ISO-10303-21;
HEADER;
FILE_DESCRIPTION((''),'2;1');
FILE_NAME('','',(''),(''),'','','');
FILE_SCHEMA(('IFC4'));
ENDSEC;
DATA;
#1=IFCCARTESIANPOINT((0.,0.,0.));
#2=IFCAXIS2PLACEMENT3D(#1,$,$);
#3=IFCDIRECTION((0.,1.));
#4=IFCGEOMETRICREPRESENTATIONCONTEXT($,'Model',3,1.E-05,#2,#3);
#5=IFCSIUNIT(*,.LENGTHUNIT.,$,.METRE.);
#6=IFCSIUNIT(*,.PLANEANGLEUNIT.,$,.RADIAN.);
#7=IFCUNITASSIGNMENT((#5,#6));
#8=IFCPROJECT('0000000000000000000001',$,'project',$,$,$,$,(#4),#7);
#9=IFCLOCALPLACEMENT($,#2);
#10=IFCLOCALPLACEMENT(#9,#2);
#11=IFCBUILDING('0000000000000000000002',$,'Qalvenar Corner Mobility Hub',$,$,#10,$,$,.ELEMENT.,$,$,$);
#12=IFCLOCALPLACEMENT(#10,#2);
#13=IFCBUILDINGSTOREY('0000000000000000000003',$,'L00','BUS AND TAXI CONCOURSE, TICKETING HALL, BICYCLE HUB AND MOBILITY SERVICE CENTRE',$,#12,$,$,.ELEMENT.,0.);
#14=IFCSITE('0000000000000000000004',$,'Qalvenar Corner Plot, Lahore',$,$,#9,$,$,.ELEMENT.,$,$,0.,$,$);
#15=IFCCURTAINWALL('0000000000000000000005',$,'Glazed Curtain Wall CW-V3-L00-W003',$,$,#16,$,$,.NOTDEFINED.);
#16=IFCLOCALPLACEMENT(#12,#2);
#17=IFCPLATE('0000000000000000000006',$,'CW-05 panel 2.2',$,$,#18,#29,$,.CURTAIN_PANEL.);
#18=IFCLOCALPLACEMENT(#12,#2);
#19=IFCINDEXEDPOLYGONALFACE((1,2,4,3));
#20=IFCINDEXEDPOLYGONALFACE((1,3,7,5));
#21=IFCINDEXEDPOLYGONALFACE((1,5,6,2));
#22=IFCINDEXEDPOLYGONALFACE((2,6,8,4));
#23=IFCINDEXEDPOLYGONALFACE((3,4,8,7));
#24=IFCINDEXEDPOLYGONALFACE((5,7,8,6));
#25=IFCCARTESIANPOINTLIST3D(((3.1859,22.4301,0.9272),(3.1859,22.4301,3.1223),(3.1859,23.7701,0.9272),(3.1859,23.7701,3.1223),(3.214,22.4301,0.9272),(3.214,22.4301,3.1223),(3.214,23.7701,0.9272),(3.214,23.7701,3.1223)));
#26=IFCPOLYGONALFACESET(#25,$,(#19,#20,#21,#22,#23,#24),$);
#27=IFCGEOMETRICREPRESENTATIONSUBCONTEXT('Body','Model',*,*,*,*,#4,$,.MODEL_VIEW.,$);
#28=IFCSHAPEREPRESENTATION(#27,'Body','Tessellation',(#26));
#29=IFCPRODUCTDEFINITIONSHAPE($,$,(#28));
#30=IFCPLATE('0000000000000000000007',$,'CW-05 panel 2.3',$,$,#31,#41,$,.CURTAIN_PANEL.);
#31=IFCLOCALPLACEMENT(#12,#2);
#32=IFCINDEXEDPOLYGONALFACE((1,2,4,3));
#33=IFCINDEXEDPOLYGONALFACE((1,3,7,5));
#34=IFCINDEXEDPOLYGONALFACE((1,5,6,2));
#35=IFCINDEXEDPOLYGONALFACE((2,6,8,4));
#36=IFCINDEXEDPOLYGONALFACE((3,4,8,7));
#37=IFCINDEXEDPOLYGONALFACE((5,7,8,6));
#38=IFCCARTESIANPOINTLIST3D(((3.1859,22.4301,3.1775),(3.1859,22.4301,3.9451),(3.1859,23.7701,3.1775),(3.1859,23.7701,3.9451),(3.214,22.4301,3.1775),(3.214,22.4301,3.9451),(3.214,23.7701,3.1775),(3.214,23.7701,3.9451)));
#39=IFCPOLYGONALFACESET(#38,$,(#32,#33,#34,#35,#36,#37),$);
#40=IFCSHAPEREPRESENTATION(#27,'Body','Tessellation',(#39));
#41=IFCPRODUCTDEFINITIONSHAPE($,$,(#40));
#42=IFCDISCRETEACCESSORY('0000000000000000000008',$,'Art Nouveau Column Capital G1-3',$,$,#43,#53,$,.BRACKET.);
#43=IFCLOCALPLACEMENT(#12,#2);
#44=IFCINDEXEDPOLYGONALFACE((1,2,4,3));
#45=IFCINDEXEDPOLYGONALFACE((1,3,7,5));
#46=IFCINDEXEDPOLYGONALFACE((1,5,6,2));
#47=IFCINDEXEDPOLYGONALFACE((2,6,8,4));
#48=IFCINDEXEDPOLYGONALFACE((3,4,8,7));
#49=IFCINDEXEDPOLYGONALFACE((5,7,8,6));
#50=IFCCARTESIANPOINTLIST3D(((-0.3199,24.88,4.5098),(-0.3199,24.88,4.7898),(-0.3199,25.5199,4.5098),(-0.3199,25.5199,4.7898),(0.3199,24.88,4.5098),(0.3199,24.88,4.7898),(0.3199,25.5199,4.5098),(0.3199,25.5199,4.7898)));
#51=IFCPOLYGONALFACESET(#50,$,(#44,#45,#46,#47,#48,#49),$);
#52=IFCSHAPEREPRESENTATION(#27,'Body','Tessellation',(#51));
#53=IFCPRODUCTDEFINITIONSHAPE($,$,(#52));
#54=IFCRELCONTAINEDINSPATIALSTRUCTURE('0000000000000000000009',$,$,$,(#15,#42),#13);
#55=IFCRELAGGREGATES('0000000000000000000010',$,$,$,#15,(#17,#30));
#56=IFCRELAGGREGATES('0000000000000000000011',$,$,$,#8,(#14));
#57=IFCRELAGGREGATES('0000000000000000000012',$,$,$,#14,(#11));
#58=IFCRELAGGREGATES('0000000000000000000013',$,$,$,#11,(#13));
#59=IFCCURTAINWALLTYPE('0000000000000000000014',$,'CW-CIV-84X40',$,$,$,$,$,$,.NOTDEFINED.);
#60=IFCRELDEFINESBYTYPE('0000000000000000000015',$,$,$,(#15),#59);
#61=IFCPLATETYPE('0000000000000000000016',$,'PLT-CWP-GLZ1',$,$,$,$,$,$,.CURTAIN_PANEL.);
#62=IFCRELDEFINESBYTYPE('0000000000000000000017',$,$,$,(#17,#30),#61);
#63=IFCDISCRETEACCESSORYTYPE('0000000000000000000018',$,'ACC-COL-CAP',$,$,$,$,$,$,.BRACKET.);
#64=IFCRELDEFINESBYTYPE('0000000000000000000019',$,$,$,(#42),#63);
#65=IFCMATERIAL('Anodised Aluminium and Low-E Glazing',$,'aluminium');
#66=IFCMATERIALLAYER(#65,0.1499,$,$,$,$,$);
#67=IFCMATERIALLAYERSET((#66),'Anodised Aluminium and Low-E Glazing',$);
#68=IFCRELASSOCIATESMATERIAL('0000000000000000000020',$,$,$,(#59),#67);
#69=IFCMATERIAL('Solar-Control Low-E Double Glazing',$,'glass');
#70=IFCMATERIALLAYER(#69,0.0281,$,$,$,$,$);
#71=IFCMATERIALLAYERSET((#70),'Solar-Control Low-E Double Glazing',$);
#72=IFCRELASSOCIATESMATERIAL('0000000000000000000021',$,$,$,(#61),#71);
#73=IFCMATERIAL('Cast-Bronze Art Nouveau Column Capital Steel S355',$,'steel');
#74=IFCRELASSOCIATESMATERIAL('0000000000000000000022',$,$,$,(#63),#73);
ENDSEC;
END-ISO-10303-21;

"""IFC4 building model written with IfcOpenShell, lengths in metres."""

from ifc_helpers import new_model, si_unit, direction, frame, origin, origin_2d, place, context, subcontext, project, spatial, rectangle, extrude, material, layer, layer_set, type_object, element, aggregate, save


model = new_model("IFC4")

# Units and contexts
model_context = context("Model", 3, precision=1e-05, world=origin(), true_north=direction((0.0, 1.0)))
body_context = subcontext(model_context, "Body", "Model", "MODEL_VIEW")
ifc_project = project(units=[si_unit("LENGTHUNIT", "METRE"), si_unit("PLANEANGLEUNIT", "RADIAN")], contexts=[model_context])

# Site, building, storey
site_placement = place(None, origin())
site = spatial("IfcSite", under=ifc_project, at=site_placement, Name="Qalvenar Corner Plot, Lahore", CompositionType="ELEMENT", RefElevation=0.0)
building_placement = place(site_placement, origin())
building = spatial("IfcBuilding", under=site, at=building_placement, Name="Qalvenar Corner Mobility Hub", CompositionType="ELEMENT")
storey_placement = place(building_placement, origin())
storey = spatial("IfcBuildingStorey", under=building, at=storey_placement, Name="L00", Description="BUS AND TAXI CONCOURSE, TICKETING HALL, BICYCLE HUB AND MOBILITY SERVICE CENTRE", CompositionType="ELEMENT", Elevation=0.0)

# Curtain wall
ifc_material_1 = material(Name="Anodised Aluminium and Low-E Glazing", Category="aluminium")
ifc_layer_1 = layer(ifc_material_1, 0.1499)
ifc_layer_set_1 = layer_set([ifc_layer_1], Name="Anodised Aluminium and Low-E Glazing")
curtain_wall_type = type_object("IfcCurtainWallType", Name="CW-CIV-84X40", PredefinedType="NOTDEFINED", material=ifc_layer_set_1)
curtain_wall_1_placement = place(storey_placement, origin())
curtain_wall_1 = element("IfcCurtainWall", 1, at=curtain_wall_1_placement, inside=storey, type_object=curtain_wall_type, Name="Glazed Curtain Wall CW-V3-L00-W003", PredefinedType="NOTDEFINED")

# Plates
ifc_material_2 = material(Name="Solar-Control Low-E Double Glazing", Category="glass")
ifc_layer_2 = layer(ifc_material_2, 0.0281)
ifc_layer_set_2 = layer_set([ifc_layer_2], Name="Solar-Control Low-E Double Glazing")
plate_type = type_object("IfcPlateType", Name="PLT-CWP-GLZ1", PredefinedType="CURTAIN_PANEL", material=ifc_layer_set_2)
plate_1_placement = place(storey_placement, frame((3.2, 23.1001, 0.9272), z_axis=(0.0, 0.0, 1.0), x_axis=(0.0, -1.0, 0.0)))
plate_1 = element("IfcPlate", 2, at=plate_1_placement, type_object=plate_type, Name="CW-05 panel 2.2", PredefinedType="CURTAIN_PANEL", context=body_context, shape_type="SweptSolid", body=[
    extrude(rectangle(XDim=1.3401, YDim=0.0281, at=origin_2d()), origin(), (0.0, 0.0, 1.0), 2.1951),
])
plate_2_placement = place(storey_placement, frame((3.2, 23.1001, 3.1775), z_axis=(0.0, 0.0, 1.0), x_axis=(0.0, -1.0, 0.0)))
plate_2 = element("IfcPlate", 3, at=plate_2_placement, type_object=plate_type, Name="CW-05 panel 2.3", PredefinedType="CURTAIN_PANEL", context=body_context, shape_type="SweptSolid", body=[
    extrude(rectangle(XDim=1.3401, YDim=0.0281, at=origin_2d()), origin(), (0.0, 0.0, 1.0), 0.7676),
])
aggregate(curtain_wall_1, [plate_1, plate_2])

# Discrete accessory
ifc_material_3 = material(Name="Cast-Bronze Art Nouveau Column Capital Steel S355", Category="steel")
discrete_accessory_type = type_object("IfcDiscreteAccessoryType", Name="ACC-COL-CAP", PredefinedType="BRACKET", material=ifc_material_3)
discrete_accessory_placement = place(storey_placement, frame((0.0, 25.2, 4.5098), z_axis=(0.0, 0.0, 1.0), x_axis=(1.0, 0.0, 0.0)))
element("IfcDiscreteAccessory", 4, at=discrete_accessory_placement, inside=storey, type_object=discrete_accessory_type, Name="Art Nouveau Column Capital G1-3", PredefinedType="BRACKET", context=body_context, shape_type="SweptSolid", body=[
    extrude(rectangle(XDim=0.6399, YDim=0.6399, at=origin_2d()), origin(), (0.0, 0.0, 1.0), 0.28),
])

save(model, "model.ifc")
